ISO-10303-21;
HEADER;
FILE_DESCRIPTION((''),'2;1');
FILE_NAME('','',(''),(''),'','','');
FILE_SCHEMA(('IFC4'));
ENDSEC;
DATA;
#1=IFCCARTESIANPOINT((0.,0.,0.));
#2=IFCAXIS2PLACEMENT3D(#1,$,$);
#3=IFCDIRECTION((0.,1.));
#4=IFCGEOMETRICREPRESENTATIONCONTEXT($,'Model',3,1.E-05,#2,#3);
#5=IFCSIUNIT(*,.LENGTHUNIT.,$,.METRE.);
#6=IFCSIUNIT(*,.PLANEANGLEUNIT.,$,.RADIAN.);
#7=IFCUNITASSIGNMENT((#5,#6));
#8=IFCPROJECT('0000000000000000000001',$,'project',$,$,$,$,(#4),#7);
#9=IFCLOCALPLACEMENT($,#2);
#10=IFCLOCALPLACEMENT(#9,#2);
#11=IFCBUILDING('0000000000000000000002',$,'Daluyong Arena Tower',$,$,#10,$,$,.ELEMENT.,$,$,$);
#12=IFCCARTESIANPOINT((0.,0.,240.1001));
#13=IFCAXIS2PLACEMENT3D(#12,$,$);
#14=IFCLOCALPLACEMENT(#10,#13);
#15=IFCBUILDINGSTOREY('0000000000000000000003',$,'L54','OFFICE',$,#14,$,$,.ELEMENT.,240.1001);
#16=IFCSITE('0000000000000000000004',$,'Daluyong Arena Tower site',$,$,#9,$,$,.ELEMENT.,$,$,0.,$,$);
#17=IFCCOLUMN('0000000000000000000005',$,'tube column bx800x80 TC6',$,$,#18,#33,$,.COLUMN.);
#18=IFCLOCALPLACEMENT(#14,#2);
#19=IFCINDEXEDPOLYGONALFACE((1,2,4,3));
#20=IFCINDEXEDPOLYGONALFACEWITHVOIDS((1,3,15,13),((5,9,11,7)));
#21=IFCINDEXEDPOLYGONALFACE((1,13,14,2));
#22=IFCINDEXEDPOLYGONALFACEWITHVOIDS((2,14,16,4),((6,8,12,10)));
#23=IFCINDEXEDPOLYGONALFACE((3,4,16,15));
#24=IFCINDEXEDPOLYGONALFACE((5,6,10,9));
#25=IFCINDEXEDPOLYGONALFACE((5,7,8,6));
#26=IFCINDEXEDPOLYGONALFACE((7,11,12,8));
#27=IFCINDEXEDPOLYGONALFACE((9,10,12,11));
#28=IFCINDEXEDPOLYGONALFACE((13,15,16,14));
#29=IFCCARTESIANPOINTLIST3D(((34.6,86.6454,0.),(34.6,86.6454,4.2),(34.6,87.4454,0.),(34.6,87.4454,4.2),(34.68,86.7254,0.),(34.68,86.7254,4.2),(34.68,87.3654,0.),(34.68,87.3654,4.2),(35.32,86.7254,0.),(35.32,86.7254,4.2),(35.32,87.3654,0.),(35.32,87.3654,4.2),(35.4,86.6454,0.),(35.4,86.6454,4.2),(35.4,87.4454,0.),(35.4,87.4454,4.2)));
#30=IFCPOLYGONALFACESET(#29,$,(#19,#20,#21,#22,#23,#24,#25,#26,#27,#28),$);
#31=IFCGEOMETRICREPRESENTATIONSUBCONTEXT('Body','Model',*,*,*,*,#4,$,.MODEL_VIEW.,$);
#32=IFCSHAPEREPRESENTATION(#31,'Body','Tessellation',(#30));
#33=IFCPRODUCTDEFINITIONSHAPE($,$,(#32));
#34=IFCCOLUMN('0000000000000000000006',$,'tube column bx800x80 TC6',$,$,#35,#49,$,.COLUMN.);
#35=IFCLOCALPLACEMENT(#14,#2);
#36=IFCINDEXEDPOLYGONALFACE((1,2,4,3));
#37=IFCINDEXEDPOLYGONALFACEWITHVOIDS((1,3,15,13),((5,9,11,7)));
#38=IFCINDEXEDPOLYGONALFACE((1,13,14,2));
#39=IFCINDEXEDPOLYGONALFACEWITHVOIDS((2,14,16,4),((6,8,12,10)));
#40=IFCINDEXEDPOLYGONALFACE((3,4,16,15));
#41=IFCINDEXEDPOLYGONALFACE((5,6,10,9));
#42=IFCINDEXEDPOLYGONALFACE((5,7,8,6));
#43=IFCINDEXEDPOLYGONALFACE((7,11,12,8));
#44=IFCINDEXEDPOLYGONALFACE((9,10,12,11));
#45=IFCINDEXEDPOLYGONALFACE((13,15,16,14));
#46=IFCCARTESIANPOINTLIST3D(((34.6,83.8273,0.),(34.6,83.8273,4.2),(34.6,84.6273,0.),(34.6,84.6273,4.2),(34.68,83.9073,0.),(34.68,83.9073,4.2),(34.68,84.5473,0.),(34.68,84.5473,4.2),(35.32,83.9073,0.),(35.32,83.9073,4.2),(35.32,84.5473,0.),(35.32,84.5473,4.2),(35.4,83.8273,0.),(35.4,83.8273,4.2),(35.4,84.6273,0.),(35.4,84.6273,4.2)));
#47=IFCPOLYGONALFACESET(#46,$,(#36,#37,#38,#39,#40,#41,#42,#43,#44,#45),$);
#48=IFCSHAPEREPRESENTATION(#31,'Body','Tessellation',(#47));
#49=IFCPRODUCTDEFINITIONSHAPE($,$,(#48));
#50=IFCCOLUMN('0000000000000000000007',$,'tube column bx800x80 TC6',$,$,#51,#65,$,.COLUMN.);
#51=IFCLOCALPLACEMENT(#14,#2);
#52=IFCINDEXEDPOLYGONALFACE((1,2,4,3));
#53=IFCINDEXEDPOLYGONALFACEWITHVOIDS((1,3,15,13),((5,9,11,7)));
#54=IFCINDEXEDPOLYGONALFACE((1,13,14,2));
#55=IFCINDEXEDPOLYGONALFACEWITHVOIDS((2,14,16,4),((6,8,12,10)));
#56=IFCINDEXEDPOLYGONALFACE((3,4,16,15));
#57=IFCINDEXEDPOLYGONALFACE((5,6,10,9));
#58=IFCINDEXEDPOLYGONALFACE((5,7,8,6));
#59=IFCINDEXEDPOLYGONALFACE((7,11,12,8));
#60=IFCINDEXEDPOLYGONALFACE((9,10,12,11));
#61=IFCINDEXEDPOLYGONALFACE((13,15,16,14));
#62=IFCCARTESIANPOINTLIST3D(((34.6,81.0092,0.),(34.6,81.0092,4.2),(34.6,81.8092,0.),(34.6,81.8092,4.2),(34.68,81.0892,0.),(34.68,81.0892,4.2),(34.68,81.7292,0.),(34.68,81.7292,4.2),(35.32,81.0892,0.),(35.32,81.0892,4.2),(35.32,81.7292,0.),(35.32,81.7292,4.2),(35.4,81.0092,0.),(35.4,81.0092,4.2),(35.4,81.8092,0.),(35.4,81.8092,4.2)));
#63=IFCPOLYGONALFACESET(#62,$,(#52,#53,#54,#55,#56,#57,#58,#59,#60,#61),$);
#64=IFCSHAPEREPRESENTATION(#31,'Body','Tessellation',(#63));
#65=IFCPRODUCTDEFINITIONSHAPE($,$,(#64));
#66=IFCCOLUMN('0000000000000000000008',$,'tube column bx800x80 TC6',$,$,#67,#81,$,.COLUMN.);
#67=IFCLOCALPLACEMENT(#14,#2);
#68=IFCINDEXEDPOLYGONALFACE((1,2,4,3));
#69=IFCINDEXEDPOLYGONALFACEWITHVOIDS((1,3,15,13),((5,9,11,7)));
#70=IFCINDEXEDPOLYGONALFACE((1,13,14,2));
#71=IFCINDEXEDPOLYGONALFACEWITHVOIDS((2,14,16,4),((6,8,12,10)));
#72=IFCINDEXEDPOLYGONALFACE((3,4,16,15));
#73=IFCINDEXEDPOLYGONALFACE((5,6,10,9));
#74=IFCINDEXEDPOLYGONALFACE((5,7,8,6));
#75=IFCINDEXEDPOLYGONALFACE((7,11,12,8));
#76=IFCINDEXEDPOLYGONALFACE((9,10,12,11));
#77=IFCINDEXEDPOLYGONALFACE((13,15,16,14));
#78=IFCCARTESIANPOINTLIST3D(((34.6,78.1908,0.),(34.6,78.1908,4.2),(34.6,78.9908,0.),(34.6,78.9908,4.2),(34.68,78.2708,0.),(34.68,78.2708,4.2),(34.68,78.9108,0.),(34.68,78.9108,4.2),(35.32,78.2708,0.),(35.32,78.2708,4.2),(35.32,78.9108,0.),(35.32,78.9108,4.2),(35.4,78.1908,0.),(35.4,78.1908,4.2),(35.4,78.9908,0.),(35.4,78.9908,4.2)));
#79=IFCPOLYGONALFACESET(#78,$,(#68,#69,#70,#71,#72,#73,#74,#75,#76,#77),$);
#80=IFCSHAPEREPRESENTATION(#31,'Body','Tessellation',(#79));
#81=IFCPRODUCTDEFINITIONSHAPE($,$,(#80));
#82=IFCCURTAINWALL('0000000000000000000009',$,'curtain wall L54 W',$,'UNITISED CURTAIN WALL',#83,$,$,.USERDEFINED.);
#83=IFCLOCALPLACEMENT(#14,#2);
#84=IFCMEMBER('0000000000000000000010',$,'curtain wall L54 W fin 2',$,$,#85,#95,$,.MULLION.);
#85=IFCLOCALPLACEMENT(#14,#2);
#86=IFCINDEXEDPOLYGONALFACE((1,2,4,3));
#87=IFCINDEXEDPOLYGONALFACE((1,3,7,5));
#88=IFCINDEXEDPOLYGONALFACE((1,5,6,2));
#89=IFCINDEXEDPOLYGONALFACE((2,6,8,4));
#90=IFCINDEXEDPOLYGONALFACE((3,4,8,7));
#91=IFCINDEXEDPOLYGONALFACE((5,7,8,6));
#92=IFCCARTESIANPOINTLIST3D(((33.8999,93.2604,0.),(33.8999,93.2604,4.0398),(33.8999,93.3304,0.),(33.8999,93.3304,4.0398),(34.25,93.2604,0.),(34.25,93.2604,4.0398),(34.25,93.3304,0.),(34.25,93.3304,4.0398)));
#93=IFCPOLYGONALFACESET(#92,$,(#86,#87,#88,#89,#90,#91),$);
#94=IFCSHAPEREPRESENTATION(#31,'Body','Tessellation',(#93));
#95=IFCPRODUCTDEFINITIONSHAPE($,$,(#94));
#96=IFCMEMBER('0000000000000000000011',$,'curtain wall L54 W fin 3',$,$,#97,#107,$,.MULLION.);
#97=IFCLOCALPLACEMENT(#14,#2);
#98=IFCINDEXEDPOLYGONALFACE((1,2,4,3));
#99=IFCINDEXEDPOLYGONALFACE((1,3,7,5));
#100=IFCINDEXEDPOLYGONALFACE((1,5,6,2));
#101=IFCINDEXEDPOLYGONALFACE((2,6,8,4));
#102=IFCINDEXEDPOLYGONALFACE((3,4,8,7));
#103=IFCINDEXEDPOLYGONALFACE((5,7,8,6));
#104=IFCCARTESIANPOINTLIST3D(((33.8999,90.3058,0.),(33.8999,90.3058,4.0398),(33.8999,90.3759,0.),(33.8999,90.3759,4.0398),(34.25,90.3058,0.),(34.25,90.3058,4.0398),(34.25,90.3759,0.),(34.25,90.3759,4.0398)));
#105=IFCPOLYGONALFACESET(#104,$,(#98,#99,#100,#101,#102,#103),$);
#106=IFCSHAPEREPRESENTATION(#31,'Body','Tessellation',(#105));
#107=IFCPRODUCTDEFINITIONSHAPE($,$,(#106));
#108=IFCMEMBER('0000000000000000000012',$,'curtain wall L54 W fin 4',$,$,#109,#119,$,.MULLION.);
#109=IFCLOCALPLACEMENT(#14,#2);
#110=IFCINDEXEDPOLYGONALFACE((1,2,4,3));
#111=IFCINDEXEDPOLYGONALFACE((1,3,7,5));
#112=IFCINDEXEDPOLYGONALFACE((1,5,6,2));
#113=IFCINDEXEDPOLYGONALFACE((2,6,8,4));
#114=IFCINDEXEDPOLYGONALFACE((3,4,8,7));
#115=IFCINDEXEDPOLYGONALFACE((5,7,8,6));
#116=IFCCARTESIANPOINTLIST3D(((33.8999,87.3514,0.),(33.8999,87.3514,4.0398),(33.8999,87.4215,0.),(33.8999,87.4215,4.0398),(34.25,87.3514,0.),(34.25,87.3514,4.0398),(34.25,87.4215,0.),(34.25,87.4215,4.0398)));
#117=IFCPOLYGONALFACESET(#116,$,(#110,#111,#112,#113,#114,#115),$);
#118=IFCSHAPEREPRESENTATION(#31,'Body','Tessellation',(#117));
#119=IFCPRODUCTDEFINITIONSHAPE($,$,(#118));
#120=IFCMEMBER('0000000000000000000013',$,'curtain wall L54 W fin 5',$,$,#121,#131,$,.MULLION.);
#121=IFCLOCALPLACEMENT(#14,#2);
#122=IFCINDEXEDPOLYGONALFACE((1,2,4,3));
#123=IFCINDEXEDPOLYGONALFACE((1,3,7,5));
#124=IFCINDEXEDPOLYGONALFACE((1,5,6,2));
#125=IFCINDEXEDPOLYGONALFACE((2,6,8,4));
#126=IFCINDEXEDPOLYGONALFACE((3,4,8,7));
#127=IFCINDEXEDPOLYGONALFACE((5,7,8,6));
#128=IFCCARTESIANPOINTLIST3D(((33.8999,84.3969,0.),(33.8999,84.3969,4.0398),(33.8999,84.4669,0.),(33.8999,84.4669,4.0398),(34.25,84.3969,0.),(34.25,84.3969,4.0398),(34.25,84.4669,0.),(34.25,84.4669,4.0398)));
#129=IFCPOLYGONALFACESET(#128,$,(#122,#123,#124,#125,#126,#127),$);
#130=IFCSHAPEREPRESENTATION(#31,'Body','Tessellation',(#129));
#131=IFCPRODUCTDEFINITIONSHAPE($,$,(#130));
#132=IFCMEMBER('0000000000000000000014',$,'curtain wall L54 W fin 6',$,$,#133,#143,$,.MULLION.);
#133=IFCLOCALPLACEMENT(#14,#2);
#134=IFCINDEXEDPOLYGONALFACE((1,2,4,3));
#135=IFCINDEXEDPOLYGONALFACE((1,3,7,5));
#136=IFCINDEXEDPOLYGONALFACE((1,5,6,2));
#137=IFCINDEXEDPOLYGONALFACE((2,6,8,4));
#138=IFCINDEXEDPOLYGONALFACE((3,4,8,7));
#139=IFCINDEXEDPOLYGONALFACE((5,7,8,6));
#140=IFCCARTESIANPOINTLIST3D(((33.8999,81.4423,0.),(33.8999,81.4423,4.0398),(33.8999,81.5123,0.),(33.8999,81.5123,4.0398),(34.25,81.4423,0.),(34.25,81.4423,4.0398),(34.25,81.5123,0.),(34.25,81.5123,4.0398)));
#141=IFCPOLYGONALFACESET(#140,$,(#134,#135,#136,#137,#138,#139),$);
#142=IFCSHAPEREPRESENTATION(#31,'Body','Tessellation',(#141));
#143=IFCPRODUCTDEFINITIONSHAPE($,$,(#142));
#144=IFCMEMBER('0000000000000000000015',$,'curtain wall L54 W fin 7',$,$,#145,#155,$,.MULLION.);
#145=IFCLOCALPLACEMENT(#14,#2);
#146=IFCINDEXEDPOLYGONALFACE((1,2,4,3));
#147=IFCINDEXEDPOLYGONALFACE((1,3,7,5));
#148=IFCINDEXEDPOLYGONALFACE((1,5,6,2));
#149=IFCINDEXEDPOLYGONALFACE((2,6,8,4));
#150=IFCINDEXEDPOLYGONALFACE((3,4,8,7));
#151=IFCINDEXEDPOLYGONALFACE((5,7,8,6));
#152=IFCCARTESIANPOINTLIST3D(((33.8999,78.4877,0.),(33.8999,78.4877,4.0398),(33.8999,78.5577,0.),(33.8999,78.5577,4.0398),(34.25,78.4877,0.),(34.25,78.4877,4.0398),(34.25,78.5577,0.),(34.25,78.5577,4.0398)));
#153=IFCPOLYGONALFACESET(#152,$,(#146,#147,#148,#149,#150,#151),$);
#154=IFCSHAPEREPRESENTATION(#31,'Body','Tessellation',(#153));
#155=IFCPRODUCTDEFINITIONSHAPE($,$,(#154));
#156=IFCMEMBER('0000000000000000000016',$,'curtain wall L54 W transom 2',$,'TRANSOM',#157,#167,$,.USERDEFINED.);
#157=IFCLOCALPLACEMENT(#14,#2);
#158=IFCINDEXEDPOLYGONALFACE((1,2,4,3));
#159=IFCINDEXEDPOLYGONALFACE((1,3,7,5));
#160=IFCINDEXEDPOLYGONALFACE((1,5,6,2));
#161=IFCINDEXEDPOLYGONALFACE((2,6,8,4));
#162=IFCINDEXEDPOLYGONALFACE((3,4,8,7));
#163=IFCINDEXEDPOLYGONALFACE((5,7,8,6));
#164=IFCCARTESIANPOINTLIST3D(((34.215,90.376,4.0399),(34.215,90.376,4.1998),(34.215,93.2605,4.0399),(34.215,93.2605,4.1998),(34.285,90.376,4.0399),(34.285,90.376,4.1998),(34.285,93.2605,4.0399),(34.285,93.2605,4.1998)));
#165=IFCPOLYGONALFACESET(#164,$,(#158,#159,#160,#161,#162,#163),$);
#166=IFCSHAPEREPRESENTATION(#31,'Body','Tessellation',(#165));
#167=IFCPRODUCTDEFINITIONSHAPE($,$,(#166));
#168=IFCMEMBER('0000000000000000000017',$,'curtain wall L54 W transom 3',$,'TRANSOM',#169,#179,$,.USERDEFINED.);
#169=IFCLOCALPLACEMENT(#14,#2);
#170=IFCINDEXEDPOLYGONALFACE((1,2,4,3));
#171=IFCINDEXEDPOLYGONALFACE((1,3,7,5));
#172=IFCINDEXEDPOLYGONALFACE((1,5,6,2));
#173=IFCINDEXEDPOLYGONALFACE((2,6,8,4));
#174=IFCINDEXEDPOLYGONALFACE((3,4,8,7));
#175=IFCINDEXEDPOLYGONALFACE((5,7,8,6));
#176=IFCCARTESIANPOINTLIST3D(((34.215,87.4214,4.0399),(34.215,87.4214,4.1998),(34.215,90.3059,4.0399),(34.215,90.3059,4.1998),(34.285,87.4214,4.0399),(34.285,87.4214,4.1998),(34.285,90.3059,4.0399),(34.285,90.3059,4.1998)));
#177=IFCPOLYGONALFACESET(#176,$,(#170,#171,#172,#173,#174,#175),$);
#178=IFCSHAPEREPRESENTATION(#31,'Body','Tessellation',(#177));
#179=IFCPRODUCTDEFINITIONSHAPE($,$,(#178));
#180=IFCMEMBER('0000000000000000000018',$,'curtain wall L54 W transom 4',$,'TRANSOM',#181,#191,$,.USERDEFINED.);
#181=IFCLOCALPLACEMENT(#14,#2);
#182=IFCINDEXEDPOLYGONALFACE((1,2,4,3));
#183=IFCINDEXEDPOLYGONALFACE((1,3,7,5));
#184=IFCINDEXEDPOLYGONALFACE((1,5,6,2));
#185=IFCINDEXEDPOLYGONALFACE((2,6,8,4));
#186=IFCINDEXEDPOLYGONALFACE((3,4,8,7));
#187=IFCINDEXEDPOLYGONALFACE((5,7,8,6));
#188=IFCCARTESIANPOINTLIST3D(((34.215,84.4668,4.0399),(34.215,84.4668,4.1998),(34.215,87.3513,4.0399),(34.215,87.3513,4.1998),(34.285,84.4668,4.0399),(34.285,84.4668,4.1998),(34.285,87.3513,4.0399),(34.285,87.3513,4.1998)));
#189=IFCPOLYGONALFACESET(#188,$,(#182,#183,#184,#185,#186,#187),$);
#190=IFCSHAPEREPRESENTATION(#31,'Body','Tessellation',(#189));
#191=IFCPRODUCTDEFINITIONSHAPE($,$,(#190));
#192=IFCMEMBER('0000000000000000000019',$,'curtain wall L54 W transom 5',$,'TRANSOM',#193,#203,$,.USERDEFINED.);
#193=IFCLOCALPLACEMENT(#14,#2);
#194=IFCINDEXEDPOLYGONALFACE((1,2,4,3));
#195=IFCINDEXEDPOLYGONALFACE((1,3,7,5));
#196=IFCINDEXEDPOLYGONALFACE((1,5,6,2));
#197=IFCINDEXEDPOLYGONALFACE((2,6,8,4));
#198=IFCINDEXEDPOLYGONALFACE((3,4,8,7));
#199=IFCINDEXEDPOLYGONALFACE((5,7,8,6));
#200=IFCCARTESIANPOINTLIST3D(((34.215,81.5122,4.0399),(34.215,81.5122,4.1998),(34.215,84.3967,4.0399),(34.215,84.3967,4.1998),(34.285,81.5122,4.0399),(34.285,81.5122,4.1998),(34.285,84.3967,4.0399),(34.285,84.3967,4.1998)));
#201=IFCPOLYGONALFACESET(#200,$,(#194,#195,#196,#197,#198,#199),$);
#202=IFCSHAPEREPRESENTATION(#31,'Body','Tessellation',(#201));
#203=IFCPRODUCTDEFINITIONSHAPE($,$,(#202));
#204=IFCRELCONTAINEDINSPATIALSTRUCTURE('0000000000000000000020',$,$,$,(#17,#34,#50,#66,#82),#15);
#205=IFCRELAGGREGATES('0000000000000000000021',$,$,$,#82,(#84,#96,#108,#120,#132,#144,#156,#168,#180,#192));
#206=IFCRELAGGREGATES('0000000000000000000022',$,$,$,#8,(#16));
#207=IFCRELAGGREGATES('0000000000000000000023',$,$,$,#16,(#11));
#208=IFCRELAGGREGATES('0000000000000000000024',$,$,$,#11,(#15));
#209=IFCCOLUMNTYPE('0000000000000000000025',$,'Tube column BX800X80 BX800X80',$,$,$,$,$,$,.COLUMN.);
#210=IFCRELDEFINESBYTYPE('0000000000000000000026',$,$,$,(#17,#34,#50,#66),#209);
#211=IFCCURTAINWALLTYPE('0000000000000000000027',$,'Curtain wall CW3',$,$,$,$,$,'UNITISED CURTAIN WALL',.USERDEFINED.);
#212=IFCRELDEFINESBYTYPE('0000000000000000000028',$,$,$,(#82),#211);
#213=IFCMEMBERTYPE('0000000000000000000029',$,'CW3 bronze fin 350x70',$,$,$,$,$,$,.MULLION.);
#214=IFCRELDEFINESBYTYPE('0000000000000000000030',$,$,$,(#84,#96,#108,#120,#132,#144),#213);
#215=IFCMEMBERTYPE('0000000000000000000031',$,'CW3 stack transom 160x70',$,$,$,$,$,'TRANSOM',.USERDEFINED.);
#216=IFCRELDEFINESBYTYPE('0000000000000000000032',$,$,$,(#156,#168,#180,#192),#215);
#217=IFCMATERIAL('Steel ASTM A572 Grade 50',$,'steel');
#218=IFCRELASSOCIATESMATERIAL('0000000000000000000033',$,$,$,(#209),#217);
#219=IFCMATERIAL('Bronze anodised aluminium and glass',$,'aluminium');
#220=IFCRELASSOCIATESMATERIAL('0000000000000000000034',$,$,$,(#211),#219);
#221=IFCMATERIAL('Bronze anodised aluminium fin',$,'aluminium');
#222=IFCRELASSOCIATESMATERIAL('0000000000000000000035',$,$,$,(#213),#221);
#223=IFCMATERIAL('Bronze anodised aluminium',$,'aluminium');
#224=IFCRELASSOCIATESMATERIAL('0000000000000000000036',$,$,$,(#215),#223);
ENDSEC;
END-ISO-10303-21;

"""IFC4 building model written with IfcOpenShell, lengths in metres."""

from ifc_helpers import new_model, si_unit, direction, frame, origin, origin_2d, place, context, subcontext, project, spatial, rectangle, hollow_rectangle, extrude, material, material_profile, profile_set, type_object, element, aggregate, save


model = new_model("IFC4")

# Units and contexts
model_context = context("Model", 3, precision=1e-05, world=origin(), true_north=direction((0.0, 1.0)))
body_context = subcontext(model_context, "Body", "Model", "MODEL_VIEW")
ifc_project = project(units=[si_unit("LENGTHUNIT", "METRE"), si_unit("PLANEANGLEUNIT", "RADIAN")], contexts=[model_context])

# Site, building, storey
site_placement = place(None, origin())
site = spatial("IfcSite", under=ifc_project, at=site_placement, Name="Daluyong Arena Tower site", CompositionType="ELEMENT", RefElevation=0.0)
building_placement = place(site_placement, origin())
building = spatial("IfcBuilding", under=site, at=building_placement, Name="Daluyong Arena Tower", CompositionType="ELEMENT")
storey_placement = place(building_placement, frame((0.0, 0.0, 240.1001)))
storey = spatial("IfcBuildingStorey", under=building, at=storey_placement, Name="L54", Description="OFFICE", CompositionType="ELEMENT", Elevation=240.1001)

# Columns
ifc_material_1 = material(Name="Steel ASTM A572 Grade 50", Category="steel")
ifc_material_profile_1 = material_profile(ifc_material_1, hollow_rectangle(XDim=0.8, YDim=0.8, WallThickness=0.08, at=origin_2d()))
ifc_profile_set_1 = profile_set([ifc_material_profile_1], Name="Steel ASTM A572 Grade 50")
column_type = type_object("IfcColumnType", Name="Tube column BX800X80 BX800X80", PredefinedType="COLUMN", material=ifc_profile_set_1)
for number, where, z_axis, x_axis, name in (
    (1, (35.0, 87.0454, 0.0), (0.0, 0.0, 1.0), (0.0, 1.0, 0.0), "tube column bx800x80 TC6"),
    (2, (35.0, 84.2273, 0.0), (0.0, 0.0, 1.0), (0.0, 1.0, 0.0), "tube column bx800x80 TC6"),
    (3, (35.0, 81.4092, 0.0), (0.0, 0.0, 1.0), (0.0, 1.0, 0.0), "tube column bx800x80 TC6"),
    (4, (35.0, 78.5908, 0.0), (0.0, 0.0, 1.0), (0.0, 1.0, 0.0), "tube column bx800x80 TC6"),
):
    element("IfcColumn", number, at=place(storey_placement, frame(where, z_axis=z_axis, x_axis=x_axis)), inside=storey, type_object=column_type, Name=name, PredefinedType="COLUMN", context=body_context, shape_type="SweptSolid", body=[
        extrude(hollow_rectangle(XDim=0.8, YDim=0.8, WallThickness=0.08, at=origin_2d()), origin(), (0.0, 0.0, 1.0), 4.2),
    ])

# Curtain wall, members
ifc_material_2 = material(Name="Bronze anodised aluminium and glass", Category="aluminium")
curtain_wall_type = type_object("IfcCurtainWallType", Name="Curtain wall CW3", ElementType="UNITISED CURTAIN WALL", PredefinedType="USERDEFINED", material=ifc_material_2)
curtain_wall_placement = place(storey_placement, origin())
curtain_wall = element("IfcCurtainWall", 5, at=curtain_wall_placement, inside=storey, type_object=curtain_wall_type, Name="curtain wall L54 W", ObjectType="UNITISED CURTAIN WALL", PredefinedType="USERDEFINED")
ifc_material_3 = material(Name="Bronze anodised aluminium fin", Category="aluminium")
ifc_material_profile_2 = material_profile(ifc_material_3, rectangle(XDim=0.3501, YDim=0.0701, at=origin_2d()))
ifc_profile_set_2 = profile_set([ifc_material_profile_2], Name="Bronze anodised aluminium fin")
member_type_1 = type_object("IfcMemberType", Name="CW3 bronze fin 350x70", PredefinedType="MULLION", material=ifc_profile_set_2)
member_1_placement = place(storey_placement, frame((34.075, 93.2954, 0.0), z_axis=(0.0, 0.0, 1.0), x_axis=(1.0, 0.0, 0.0)))
member_1 = element("IfcMember", 6, at=member_1_placement, type_object=member_type_1, Name="curtain wall L54 W fin 2", PredefinedType="MULLION", context=body_context, shape_type="SweptSolid", body=[
    extrude(rectangle(XDim=0.3501, YDim=0.0701, at=origin_2d()), origin(), (0.0, 0.0, 1.0), 4.0398),
])
member_2_placement = place(storey_placement, frame((34.075, 90.3408, 0.0), z_axis=(0.0, 0.0, 1.0), x_axis=(1.0, 0.0, 0.0)))
member_2 = element("IfcMember", 7, at=member_2_placement, type_object=member_type_1, Name="curtain wall L54 W fin 3", PredefinedType="MULLION", context=body_context, shape_type="SweptSolid", body=[
    extrude(rectangle(XDim=0.3501, YDim=0.0701, at=origin_2d()), origin(), (0.0, 0.0, 1.0), 4.0398),
])
member_3_placement = place(storey_placement, frame((34.075, 87.3865, 0.0), z_axis=(0.0, 0.0, 1.0), x_axis=(1.0, 0.0, 0.0)))
member_3 = element("IfcMember", 8, at=member_3_placement, type_object=member_type_1, Name="curtain wall L54 W fin 4", PredefinedType="MULLION", context=body_context, shape_type="SweptSolid", body=[
    extrude(rectangle(XDim=0.3501, YDim=0.0701, at=origin_2d()), origin(), (0.0, 0.0, 1.0), 4.0398),
])
member_4_placement = place(storey_placement, frame((34.075, 84.4319, 0.0), z_axis=(0.0, 0.0, 1.0), x_axis=(1.0, 0.0, 0.0)))
member_4 = element("IfcMember", 9, at=member_4_placement, type_object=member_type_1, Name="curtain wall L54 W fin 5", PredefinedType="MULLION", context=body_context, shape_type="SweptSolid", body=[
    extrude(rectangle(XDim=0.3501, YDim=0.0701, at=origin_2d()), origin(), (0.0, 0.0, 1.0), 4.0398),
])
member_5_placement = place(storey_placement, frame((34.075, 81.4773, 0.0), z_axis=(0.0, 0.0, 1.0), x_axis=(1.0, 0.0, 0.0)))
member_5 = element("IfcMember", 10, at=member_5_placement, type_object=member_type_1, Name="curtain wall L54 W fin 6", PredefinedType="MULLION", context=body_context, shape_type="SweptSolid", body=[
    extrude(rectangle(XDim=0.3501, YDim=0.0701, at=origin_2d()), origin(), (0.0, 0.0, 1.0), 4.0398),
])
member_6_placement = place(storey_placement, frame((34.075, 78.5227, 0.0), z_axis=(0.0, 0.0, 1.0), x_axis=(1.0, 0.0, 0.0)))
member_6 = element("IfcMember", 11, at=member_6_placement, type_object=member_type_1, Name="curtain wall L54 W fin 7", PredefinedType="MULLION", context=body_context, shape_type="SweptSolid", body=[
    extrude(rectangle(XDim=0.3501, YDim=0.0701, at=origin_2d()), origin(), (0.0, 0.0, 1.0), 4.0398),
])
ifc_material_4 = material(Name="Bronze anodised aluminium", Category="aluminium")
ifc_material_profile_3 = material_profile(ifc_material_4, rectangle(XDim=0.0701, YDim=0.1599, at=origin_2d()))
ifc_profile_set_3 = profile_set([ifc_material_profile_3], Name="Bronze anodised aluminium")
member_type_2 = type_object("IfcMemberType", Name="CW3 stack transom 160x70", ElementType="TRANSOM", PredefinedType="USERDEFINED", material=ifc_profile_set_3)
member_7_placement = place(storey_placement, frame((34.25, 93.2605, 4.1199), z_axis=(0.0, -1.0, 0.0), x_axis=(1.0, 0.0, 0.0)))
member_7 = element("IfcMember", 12, at=member_7_placement, type_object=member_type_2, Name="curtain wall L54 W transom 2", ObjectType="TRANSOM", PredefinedType="USERDEFINED", context=body_context, shape_type="SweptSolid", body=[
    extrude(rectangle(XDim=0.0701, YDim=0.1599, at=origin_2d()), origin(), (0.0, 0.0, 1.0), 2.8845),
])
member_8_placement = place(storey_placement, frame((34.25, 90.3059, 4.1199), z_axis=(0.0, -1.0, 0.0), x_axis=(1.0, 0.0, 0.0)))
member_8 = element("IfcMember", 13, at=member_8_placement, type_object=member_type_2, Name="curtain wall L54 W transom 3", ObjectType="TRANSOM", PredefinedType="USERDEFINED", context=body_context, shape_type="SweptSolid", body=[
    extrude(rectangle(XDim=0.0701, YDim=0.1599, at=origin_2d()), origin(), (0.0, 0.0, 1.0), 2.8845),
])
member_9_placement = place(storey_placement, frame((34.25, 87.3513, 4.1199), z_axis=(0.0, -1.0, 0.0), x_axis=(1.0, 0.0, 0.0)))
member_9 = element("IfcMember", 14, at=member_9_placement, type_object=member_type_2, Name="curtain wall L54 W transom 4", ObjectType="TRANSOM", PredefinedType="USERDEFINED", context=body_context, shape_type="SweptSolid", body=[
    extrude(rectangle(XDim=0.0701, YDim=0.1599, at=origin_2d()), origin(), (0.0, 0.0, 1.0), 2.8845),
])
member_10_placement = place(storey_placement, frame((34.25, 84.3967, 4.1199), z_axis=(0.0, -1.0, 0.0), x_axis=(1.0, 0.0, 0.0)))
member_10 = element("IfcMember", 15, at=member_10_placement, type_object=member_type_2, Name="curtain wall L54 W transom 5", ObjectType="TRANSOM", PredefinedType="USERDEFINED", context=body_context, shape_type="SweptSolid", body=[
    extrude(rectangle(XDim=0.0701, YDim=0.1599, at=origin_2d()), origin(), (0.0, 0.0, 1.0), 2.8845),
])

aggregate(curtain_wall, [member_1, member_2, member_3, member_4, member_5, member_6, member_7, member_8, member_9, member_10])

save(model, "model.ifc")
